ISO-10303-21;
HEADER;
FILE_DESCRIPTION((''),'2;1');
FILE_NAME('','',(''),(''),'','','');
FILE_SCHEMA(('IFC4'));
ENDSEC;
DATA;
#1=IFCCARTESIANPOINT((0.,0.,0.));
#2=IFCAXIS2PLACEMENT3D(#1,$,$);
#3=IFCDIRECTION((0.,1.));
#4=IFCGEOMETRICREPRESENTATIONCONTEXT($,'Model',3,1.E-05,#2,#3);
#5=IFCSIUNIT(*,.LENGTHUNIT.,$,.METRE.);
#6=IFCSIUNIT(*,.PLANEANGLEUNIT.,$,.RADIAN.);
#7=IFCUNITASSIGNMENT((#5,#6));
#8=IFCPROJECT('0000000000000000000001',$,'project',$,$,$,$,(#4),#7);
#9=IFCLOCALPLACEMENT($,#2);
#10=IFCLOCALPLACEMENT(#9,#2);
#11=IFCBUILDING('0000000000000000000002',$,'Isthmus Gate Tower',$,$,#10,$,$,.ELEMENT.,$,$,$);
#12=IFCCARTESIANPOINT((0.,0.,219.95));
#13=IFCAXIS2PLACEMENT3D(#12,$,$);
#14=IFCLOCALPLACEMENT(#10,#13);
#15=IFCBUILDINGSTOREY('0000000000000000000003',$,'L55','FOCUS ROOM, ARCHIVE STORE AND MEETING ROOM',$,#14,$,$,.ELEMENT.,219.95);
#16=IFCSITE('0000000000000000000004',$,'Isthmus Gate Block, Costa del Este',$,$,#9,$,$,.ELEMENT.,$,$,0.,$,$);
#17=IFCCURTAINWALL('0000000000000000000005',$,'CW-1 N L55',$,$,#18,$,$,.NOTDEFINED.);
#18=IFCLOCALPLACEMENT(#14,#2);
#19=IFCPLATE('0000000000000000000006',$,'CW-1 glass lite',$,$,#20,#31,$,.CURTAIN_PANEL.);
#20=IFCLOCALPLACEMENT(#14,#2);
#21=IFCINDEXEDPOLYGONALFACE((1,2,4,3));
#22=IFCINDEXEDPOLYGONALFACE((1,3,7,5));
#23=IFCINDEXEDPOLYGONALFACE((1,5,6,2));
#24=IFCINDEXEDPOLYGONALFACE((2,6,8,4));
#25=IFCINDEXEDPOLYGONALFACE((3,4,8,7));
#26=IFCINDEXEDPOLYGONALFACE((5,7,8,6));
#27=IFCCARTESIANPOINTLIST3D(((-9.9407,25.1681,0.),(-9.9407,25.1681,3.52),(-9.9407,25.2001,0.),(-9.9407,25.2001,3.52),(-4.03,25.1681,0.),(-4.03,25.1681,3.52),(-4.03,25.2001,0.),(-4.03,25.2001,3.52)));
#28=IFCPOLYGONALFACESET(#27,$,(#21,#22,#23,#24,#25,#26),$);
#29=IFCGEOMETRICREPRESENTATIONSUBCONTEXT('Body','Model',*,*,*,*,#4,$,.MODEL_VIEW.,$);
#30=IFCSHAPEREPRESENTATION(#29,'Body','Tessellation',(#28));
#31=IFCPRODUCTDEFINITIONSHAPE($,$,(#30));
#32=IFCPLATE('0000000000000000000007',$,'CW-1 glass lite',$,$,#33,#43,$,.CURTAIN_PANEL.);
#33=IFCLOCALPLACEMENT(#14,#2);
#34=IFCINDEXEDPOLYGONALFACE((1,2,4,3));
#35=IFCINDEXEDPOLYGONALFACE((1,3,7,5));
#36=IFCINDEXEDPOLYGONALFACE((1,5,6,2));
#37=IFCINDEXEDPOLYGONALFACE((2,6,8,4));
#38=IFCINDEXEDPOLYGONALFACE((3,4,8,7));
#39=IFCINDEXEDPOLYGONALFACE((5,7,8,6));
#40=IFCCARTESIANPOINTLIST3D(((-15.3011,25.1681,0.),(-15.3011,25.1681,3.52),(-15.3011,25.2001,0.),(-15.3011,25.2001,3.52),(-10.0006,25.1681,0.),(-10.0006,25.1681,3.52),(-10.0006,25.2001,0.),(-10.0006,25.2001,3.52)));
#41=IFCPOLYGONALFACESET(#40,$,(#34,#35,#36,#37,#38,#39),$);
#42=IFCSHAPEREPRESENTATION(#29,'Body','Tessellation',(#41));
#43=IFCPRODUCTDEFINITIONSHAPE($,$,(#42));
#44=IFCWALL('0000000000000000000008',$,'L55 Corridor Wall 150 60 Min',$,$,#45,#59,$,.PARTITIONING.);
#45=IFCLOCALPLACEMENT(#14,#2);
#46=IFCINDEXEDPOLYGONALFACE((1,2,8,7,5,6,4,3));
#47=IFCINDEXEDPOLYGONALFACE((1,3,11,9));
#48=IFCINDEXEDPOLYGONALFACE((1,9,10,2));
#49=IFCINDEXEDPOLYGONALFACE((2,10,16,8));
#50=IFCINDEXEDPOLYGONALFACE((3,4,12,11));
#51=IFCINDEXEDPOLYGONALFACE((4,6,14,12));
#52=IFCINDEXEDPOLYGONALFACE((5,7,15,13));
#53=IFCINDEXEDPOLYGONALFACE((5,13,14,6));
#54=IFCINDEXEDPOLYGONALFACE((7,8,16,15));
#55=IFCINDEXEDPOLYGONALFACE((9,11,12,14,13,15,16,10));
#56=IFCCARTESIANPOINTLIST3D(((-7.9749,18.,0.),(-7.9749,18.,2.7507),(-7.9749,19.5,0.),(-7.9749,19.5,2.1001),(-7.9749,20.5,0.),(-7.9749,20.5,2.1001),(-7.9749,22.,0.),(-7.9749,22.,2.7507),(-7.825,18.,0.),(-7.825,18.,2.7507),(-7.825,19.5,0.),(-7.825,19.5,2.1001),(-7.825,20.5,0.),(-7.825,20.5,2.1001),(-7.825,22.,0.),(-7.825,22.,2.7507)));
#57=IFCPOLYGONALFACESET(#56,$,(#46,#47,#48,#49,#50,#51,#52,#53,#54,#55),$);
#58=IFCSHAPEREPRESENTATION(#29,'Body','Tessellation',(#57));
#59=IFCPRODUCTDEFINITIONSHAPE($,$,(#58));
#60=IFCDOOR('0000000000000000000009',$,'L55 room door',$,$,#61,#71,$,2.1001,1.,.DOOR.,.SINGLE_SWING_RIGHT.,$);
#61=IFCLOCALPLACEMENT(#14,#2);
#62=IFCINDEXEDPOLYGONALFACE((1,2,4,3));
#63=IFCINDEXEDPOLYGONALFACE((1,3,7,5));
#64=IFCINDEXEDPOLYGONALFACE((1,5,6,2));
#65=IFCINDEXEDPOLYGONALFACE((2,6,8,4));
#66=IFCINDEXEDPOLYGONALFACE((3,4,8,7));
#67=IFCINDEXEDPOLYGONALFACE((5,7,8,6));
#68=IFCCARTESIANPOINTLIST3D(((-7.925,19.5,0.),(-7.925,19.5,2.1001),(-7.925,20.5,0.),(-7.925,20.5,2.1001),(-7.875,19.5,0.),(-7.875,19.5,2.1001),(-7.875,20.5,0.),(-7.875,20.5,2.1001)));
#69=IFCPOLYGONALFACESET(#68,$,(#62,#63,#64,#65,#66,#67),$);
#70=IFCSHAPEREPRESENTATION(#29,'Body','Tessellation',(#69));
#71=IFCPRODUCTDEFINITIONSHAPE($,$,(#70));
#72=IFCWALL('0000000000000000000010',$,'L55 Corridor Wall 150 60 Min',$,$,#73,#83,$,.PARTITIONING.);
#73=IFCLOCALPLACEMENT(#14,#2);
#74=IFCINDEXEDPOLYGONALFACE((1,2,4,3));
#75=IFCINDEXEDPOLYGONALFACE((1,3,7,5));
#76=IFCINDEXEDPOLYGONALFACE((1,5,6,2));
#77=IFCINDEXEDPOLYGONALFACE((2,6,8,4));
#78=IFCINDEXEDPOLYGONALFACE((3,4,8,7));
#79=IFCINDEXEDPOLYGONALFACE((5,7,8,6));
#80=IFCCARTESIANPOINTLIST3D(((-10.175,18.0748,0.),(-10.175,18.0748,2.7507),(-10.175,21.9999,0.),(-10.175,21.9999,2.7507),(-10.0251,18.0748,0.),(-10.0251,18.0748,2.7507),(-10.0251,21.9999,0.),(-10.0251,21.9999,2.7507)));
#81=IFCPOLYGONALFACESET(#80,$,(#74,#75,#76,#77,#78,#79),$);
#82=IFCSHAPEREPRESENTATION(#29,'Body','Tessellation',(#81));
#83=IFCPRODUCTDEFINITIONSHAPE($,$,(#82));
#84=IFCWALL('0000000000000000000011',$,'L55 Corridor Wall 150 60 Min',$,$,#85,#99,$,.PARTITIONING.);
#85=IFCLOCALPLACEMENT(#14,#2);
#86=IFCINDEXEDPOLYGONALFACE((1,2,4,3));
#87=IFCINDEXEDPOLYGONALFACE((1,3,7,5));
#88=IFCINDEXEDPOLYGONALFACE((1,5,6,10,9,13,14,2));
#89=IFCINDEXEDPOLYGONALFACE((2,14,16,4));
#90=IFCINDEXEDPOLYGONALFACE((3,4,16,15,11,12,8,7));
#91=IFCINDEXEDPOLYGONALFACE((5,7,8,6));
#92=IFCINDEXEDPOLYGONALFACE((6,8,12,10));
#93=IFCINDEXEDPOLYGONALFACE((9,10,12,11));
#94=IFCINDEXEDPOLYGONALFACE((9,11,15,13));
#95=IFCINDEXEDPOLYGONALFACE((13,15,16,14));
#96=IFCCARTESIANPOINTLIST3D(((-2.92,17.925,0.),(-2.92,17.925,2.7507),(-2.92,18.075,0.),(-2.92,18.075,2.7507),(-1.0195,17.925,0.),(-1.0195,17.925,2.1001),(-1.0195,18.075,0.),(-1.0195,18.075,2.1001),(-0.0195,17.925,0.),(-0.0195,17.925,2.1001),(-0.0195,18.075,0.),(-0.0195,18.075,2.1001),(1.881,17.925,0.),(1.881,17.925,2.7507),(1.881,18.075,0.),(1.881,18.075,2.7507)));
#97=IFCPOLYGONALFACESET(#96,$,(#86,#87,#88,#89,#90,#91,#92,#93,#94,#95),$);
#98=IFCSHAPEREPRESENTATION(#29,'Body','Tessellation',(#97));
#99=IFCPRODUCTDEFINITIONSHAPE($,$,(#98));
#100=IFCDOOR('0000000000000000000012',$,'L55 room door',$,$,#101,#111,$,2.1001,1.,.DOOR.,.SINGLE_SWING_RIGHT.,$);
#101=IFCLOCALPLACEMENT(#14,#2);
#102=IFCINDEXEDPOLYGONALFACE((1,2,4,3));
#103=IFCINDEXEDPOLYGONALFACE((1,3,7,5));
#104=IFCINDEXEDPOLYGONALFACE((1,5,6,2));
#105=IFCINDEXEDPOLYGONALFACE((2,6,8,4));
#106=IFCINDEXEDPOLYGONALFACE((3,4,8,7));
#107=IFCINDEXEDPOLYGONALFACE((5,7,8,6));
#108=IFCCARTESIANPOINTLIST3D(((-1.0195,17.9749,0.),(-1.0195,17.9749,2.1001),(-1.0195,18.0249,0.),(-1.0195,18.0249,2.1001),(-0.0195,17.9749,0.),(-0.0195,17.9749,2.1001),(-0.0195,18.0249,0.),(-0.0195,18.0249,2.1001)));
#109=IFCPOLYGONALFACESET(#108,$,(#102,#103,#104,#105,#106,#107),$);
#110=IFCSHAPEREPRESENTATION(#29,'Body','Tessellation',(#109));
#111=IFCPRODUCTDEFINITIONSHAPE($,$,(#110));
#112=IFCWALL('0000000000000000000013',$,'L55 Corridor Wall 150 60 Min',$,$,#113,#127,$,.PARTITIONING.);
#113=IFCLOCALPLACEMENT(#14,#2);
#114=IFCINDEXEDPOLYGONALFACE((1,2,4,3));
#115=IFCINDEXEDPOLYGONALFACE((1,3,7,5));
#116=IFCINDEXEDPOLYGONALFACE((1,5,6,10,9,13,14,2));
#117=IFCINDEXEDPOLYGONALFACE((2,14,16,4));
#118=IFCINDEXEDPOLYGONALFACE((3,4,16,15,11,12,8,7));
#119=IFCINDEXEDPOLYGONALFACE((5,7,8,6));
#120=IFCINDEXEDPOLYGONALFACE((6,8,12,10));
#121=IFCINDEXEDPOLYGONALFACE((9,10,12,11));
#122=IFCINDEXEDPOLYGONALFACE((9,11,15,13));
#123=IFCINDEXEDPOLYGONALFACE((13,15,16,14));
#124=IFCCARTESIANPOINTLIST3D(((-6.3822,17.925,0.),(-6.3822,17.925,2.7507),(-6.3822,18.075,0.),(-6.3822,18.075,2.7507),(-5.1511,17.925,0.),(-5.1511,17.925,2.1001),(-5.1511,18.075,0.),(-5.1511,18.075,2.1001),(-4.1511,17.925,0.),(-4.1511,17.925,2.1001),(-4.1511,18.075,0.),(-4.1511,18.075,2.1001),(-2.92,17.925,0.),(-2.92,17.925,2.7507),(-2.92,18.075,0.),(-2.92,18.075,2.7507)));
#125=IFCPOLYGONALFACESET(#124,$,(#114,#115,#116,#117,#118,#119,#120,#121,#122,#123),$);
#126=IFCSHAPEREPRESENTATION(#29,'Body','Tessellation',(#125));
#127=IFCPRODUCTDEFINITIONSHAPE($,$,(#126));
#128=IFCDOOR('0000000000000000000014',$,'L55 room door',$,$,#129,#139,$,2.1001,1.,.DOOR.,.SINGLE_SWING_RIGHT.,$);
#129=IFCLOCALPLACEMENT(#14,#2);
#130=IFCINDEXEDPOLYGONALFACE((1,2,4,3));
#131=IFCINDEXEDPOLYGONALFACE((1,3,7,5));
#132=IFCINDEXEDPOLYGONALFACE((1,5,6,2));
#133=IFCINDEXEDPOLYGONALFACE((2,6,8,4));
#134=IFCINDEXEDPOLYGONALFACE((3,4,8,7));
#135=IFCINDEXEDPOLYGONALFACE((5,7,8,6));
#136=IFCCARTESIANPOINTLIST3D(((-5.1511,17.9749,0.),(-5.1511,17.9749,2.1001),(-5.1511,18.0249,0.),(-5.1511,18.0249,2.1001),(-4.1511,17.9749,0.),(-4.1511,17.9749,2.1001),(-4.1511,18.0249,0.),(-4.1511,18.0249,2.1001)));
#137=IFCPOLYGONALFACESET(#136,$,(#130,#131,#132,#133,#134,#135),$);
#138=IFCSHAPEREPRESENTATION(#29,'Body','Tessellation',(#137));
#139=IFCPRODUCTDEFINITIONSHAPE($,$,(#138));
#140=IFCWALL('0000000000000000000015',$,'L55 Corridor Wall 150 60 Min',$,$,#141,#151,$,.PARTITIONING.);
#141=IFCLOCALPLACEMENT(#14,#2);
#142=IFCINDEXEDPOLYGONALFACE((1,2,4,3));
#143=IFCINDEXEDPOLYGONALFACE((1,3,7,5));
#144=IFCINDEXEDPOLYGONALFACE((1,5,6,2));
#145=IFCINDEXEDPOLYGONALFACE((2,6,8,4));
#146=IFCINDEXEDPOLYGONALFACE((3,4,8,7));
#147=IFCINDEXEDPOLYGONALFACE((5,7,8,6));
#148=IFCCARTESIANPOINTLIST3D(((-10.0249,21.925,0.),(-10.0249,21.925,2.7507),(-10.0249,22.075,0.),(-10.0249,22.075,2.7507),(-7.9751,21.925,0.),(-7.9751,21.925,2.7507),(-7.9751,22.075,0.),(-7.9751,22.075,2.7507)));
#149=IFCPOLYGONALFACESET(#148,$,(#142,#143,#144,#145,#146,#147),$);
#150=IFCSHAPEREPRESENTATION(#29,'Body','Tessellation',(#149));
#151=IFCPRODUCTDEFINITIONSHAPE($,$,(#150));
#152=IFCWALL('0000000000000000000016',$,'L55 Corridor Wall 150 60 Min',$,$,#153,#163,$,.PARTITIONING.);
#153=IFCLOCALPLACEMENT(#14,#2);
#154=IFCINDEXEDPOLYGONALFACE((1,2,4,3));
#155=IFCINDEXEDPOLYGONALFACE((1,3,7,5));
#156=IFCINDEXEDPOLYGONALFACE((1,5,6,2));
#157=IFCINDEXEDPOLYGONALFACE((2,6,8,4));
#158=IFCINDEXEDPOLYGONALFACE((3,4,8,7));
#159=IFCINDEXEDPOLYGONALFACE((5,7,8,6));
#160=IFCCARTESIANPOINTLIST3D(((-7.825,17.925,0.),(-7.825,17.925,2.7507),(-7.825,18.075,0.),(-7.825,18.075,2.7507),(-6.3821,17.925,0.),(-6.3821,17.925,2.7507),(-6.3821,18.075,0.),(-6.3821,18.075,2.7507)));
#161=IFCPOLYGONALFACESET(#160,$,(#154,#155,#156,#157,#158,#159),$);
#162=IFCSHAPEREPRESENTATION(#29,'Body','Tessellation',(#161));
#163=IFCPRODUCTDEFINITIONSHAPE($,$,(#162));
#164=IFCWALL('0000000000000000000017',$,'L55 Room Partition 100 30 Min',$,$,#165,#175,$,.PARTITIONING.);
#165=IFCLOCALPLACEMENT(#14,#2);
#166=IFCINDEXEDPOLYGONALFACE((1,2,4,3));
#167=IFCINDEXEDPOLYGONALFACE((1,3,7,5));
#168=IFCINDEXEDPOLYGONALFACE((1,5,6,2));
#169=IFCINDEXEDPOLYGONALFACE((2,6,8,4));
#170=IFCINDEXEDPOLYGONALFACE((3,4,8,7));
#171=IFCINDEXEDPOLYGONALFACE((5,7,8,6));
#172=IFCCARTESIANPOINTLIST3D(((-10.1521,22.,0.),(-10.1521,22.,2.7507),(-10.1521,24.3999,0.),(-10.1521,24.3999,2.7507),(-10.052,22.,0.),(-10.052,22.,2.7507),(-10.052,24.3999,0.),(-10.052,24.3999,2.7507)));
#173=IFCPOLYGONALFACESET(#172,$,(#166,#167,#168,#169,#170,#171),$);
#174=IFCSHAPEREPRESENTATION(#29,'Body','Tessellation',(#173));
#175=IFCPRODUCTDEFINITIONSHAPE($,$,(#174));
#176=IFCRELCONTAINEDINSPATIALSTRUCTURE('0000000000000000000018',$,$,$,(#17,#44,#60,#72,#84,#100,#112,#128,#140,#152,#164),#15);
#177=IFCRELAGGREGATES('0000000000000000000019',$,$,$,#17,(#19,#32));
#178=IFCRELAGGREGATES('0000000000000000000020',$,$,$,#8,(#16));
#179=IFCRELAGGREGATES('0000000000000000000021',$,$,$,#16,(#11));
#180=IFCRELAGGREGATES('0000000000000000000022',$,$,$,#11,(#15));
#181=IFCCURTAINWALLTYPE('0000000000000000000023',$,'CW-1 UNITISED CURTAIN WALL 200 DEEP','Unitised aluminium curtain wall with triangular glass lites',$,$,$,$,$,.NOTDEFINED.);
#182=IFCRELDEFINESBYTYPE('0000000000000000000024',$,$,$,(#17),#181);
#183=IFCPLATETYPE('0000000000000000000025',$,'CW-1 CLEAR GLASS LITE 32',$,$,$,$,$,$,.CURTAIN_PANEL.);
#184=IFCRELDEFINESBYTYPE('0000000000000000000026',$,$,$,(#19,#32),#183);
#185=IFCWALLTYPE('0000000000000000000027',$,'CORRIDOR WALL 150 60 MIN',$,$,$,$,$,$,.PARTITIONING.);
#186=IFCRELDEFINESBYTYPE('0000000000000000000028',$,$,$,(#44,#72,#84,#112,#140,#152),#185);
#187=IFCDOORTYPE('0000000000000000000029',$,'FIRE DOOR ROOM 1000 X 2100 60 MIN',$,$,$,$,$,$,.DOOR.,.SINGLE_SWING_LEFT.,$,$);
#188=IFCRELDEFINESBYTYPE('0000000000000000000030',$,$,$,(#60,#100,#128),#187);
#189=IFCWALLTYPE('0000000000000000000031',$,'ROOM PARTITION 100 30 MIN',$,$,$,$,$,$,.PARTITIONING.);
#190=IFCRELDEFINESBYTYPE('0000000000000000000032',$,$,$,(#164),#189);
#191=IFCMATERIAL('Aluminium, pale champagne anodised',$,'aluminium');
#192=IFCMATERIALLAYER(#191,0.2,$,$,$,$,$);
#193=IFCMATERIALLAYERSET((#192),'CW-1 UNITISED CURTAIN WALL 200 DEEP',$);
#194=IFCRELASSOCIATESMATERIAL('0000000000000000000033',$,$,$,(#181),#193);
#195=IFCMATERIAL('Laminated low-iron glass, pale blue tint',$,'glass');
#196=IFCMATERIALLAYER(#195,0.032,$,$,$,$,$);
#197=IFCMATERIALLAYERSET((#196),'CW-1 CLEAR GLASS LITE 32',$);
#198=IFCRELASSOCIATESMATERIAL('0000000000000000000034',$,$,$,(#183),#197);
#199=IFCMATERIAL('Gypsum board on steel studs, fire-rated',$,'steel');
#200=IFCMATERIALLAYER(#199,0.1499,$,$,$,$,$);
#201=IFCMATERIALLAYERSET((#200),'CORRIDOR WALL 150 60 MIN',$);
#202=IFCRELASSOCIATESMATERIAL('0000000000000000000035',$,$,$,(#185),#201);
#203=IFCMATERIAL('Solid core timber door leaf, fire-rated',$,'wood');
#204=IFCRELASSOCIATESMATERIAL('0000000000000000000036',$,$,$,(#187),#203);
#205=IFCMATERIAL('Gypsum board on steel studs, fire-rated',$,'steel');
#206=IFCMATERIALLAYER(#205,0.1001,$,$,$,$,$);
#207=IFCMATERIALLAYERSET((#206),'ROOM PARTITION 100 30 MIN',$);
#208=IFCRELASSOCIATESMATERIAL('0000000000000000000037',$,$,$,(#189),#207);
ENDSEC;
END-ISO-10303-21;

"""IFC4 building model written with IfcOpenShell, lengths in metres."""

from ifc_helpers import new_model, si_unit, direction, frame, frame_2d, origin, origin_2d, place, context, subcontext, project, spatial, rectangle, extrude, material, layer, layer_set, type_object, element, fill, aggregate, save


model = new_model("IFC4")

# Units and contexts
model_context = context("Model", 3, precision=1e-05, world=origin(), true_north=direction((0.0, 1.0)))
body_context = subcontext(model_context, "Body", "Model", "MODEL_VIEW")
ifc_project = project(units=[si_unit("LENGTHUNIT", "METRE"), si_unit("PLANEANGLEUNIT", "RADIAN")], contexts=[model_context])

# Site, building, storey
site_placement = place(None, origin())
site = spatial("IfcSite", under=ifc_project, at=site_placement, Name="Isthmus Gate Block, Costa del Este", CompositionType="ELEMENT", RefElevation=0.0)
building_placement = place(site_placement, origin())
building = spatial("IfcBuilding", under=site, at=building_placement, Name="Isthmus Gate Tower", CompositionType="ELEMENT")
storey_placement = place(building_placement, frame((0.0, 0.0, 219.95)))
storey = spatial("IfcBuildingStorey", under=building, at=storey_placement, Name="L55", Description="FOCUS ROOM, ARCHIVE STORE AND MEETING ROOM", CompositionType="ELEMENT", Elevation=219.95)

# Curtain wall
ifc_material_1 = material(Name="Aluminium, pale champagne anodised", Category="aluminium")
ifc_layer_1 = layer(ifc_material_1, 0.2)
ifc_layer_set_1 = layer_set([ifc_layer_1], Name="CW-1 UNITISED CURTAIN WALL 200 DEEP")
curtain_wall_type = type_object("IfcCurtainWallType", Name="CW-1 UNITISED CURTAIN WALL 200 DEEP", Description="Unitised aluminium curtain wall with triangular glass lites", PredefinedType="NOTDEFINED", material=ifc_layer_set_1)
curtain_wall_placement = place(storey_placement, origin())
curtain_wall = element("IfcCurtainWall", 1, at=curtain_wall_placement, inside=storey, type_object=curtain_wall_type, Name="CW-1 N L55", PredefinedType="NOTDEFINED")

# Plates
ifc_material_2 = material(Name="Laminated low-iron glass, pale blue tint", Category="glass")
ifc_layer_2 = layer(ifc_material_2, 0.032)
ifc_layer_set_2 = layer_set([ifc_layer_2], Name="CW-1 CLEAR GLASS LITE 32")
plate_type = type_object("IfcPlateType", Name="CW-1 CLEAR GLASS LITE 32", PredefinedType="CURTAIN_PANEL", material=ifc_layer_set_2)
plate_1_placement = place(storey_placement, frame((-6.9854, 25.1841, 0.0), z_axis=(0.0, 0.0, 1.0), x_axis=(-1.0, 0.0, 0.0)))
plate_1 = element("IfcPlate", 2, at=plate_1_placement, type_object=plate_type, Name="CW-1 glass lite", PredefinedType="CURTAIN_PANEL", context=body_context, shape_type="SweptSolid", body=[
    extrude(rectangle(XDim=5.9106, YDim=0.032, at=origin_2d()), origin(), (0.0, 0.0, 1.0), 3.52),
])
plate_2_placement = place(storey_placement, frame((-12.6509, 25.1841, 0.0), z_axis=(0.0, 0.0, 1.0), x_axis=(-1.0, 0.0, 0.0)))
plate_2 = element("IfcPlate", 3, at=plate_2_placement, type_object=plate_type, Name="CW-1 glass lite", PredefinedType="CURTAIN_PANEL", context=body_context, shape_type="SweptSolid", body=[
    extrude(rectangle(XDim=5.3005, YDim=0.032, at=origin_2d()), origin(), (0.0, 0.0, 1.0), 3.52),
])
aggregate(curtain_wall, [plate_1, plate_2])

# Wall, opening, door
ifc_material_3 = material(Name="Gypsum board on steel studs, fire-rated", Category="steel")
ifc_layer_3 = layer(ifc_material_3, 0.1499)
ifc_layer_set_3 = layer_set([ifc_layer_3], Name="CORRIDOR WALL 150 60 MIN")
wall_type_1 = type_object("IfcWallType", Name="CORRIDOR WALL 150 60 MIN", PredefinedType="PARTITIONING", material=ifc_layer_set_3)
wall_1_placement = place(storey_placement, frame((-7.8999, 22.0, 0.0), z_axis=(0.0, 0.0, 1.0), x_axis=(0.0, -1.0, 0.0)))
wall_1 = element("IfcWall", 4, at=wall_1_placement, inside=storey, type_object=wall_type_1, Name="L55 Corridor Wall 150 60 Min", PredefinedType="PARTITIONING", context=body_context, shape_type="SweptSolid", body=[
    extrude(rectangle(XDim=4.0, YDim=0.1499, at=frame_2d((2.0, 0.0))), origin(), (0.0, 0.0, 1.0), 2.7507),
])
opening_1_placement = place(wall_1_placement, frame((1.5, 0.0, 0.0)))
opening_1 = element("IfcOpeningElement", 5, at=opening_1_placement, cuts=wall_1, PredefinedType="OPENING", context=body_context, shape_type="SweptSolid", body=[
    extrude(rectangle(XDim=1.0, YDim=2.1001, at=frame_2d((0.5, 1.05))), frame((0.0, 0.085, 0.0), z_axis=(0.0, -1.0, 0.0), x_axis=(1.0, 0.0, 0.0)), (0.0, 0.0, 1.0), 0.1699),
])
ifc_material_4 = material(Name="Solid core timber door leaf, fire-rated", Category="wood")
door_type = type_object("IfcDoorType", Name="FIRE DOOR ROOM 1000 X 2100 60 MIN", OperationType="SINGLE_SWING_LEFT", PredefinedType="DOOR", material=ifc_material_4)
door_1_placement = place(opening_1_placement, origin())
door_1 = element("IfcDoor", 6, at=door_1_placement, inside=storey, type_object=door_type, Name="L55 room door", OperationType="SINGLE_SWING_RIGHT", OverallHeight=2.1001, OverallWidth=1.0, PredefinedType="DOOR", context=body_context, shape_type="SweptSolid", body=[
    extrude(rectangle(XDim=1.0, YDim=2.1001, at=frame_2d((0.5, 1.05))), frame((0.0, 0.0249, 0.0), z_axis=(0.0, -1.0, 0.0), x_axis=(1.0, 0.0, 0.0)), (0.0, 0.0, 1.0), 0.05),
])
fill(opening_1, door_1)

# Wall
wall_2_placement = place(storey_placement, frame((-10.1001, 18.075, 0.0), z_axis=(0.0, 0.0, 1.0), x_axis=(0.0, 1.0, 0.0)))
element("IfcWall", 7, at=wall_2_placement, inside=storey, type_object=wall_type_1, Name="L55 Corridor Wall 150 60 Min", PredefinedType="PARTITIONING", context=body_context, shape_type="SweptSolid", body=[
    extrude(rectangle(XDim=3.925, YDim=0.1499, at=frame_2d((1.9624, 0.0))), origin(), (0.0, 0.0, 1.0), 2.7507),
])

# Walls, openings, doors
wall_3_placement = place(storey_placement, frame((-2.9199, 18.0, 0.0), z_axis=(0.0, 0.0, 1.0), x_axis=(1.0, 0.0, 0.0)))
wall_3 = element("IfcWall", 8, at=wall_3_placement, inside=storey, type_object=wall_type_1, Name="L55 Corridor Wall 150 60 Min", PredefinedType="PARTITIONING", context=body_context, shape_type="SweptSolid", body=[
    extrude(rectangle(XDim=4.801, YDim=0.1499, at=frame_2d((2.4004, 0.0))), origin(), (0.0, 0.0, 1.0), 2.7507),
])
opening_2_placement = place(wall_3_placement, frame((1.9004, 0.0, 0.0)))
opening_2 = element("IfcOpeningElement", 9, at=opening_2_placement, cuts=wall_3, PredefinedType="OPENING", context=body_context, shape_type="SweptSolid", body=[
    extrude(rectangle(XDim=1.0, YDim=2.1001, at=frame_2d((0.5, 1.05))), frame((0.0, 0.085, 0.0), z_axis=(0.0, -1.0, 0.0), x_axis=(1.0, 0.0, 0.0)), (0.0, 0.0, 1.0), 0.1699),
])
door_2_placement = place(opening_2_placement, origin())
door_2 = element("IfcDoor", 10, at=door_2_placement, inside=storey, type_object=door_type, Name="L55 room door", OperationType="SINGLE_SWING_RIGHT", OverallHeight=2.1001, OverallWidth=1.0, PredefinedType="DOOR", context=body_context, shape_type="SweptSolid", body=[
    extrude(rectangle(XDim=1.0, YDim=2.1001, at=frame_2d((0.5, 1.05))), frame((0.0, 0.0249, 0.0), z_axis=(0.0, -1.0, 0.0), x_axis=(1.0, 0.0, 0.0)), (0.0, 0.0, 1.0), 0.05),
])
fill(opening_2, door_2)
wall_4_placement = place(storey_placement, frame((-6.3821, 18.0, 0.0), z_axis=(0.0, 0.0, 1.0), x_axis=(1.0, 0.0, 0.0)))
wall_4 = element("IfcWall", 11, at=wall_4_placement, inside=storey, type_object=wall_type_1, Name="L55 Corridor Wall 150 60 Min", PredefinedType="PARTITIONING", context=body_context, shape_type="SweptSolid", body=[
    extrude(rectangle(XDim=3.4622, YDim=0.1499, at=frame_2d((1.731, 0.0))), origin(), (0.0, 0.0, 1.0), 2.7507),
])
opening_3_placement = place(wall_4_placement, frame((1.231, 0.0, 0.0)))
opening_3 = element("IfcOpeningElement", 12, at=opening_3_placement, cuts=wall_4, PredefinedType="OPENING", context=body_context, shape_type="SweptSolid", body=[
    extrude(rectangle(XDim=1.0, YDim=2.1001, at=frame_2d((0.5, 1.05))), frame((0.0, 0.085, 0.0), z_axis=(0.0, -1.0, 0.0), x_axis=(1.0, 0.0, 0.0)), (0.0, 0.0, 1.0), 0.1699),
])
door_3_placement = place(opening_3_placement, origin())
door_3 = element("IfcDoor", 13, at=door_3_placement, inside=storey, type_object=door_type, Name="L55 room door", OperationType="SINGLE_SWING_RIGHT", OverallHeight=2.1001, OverallWidth=1.0, PredefinedType="DOOR", context=body_context, shape_type="SweptSolid", body=[
    extrude(rectangle(XDim=1.0, YDim=2.1001, at=frame_2d((0.5, 1.05))), frame((0.0, 0.0249, 0.0), z_axis=(0.0, -1.0, 0.0), x_axis=(1.0, 0.0, 0.0)), (0.0, 0.0, 1.0), 0.05),
])
fill(opening_3, door_3)

# Walls
wall_5_placement = place(storey_placement, frame((-10.0249, 22.0, 0.0), z_axis=(0.0, 0.0, 1.0), x_axis=(1.0, 0.0, 0.0)))
element("IfcWall", 14, at=wall_5_placement, inside=storey, type_object=wall_type_1, Name="L55 Corridor Wall 150 60 Min", PredefinedType="PARTITIONING", context=body_context, shape_type="SweptSolid", body=[
    extrude(rectangle(XDim=2.0498, YDim=0.1499, at=frame_2d((1.0249, 0.0))), origin(), (0.0, 0.0, 1.0), 2.7507),
])
wall_6_placement = place(storey_placement, frame((-7.825, 18.0, 0.0), z_axis=(0.0, 0.0, 1.0), x_axis=(1.0, 0.0, 0.0)))
element("IfcWall", 15, at=wall_6_placement, inside=storey, type_object=wall_type_1, Name="L55 Corridor Wall 150 60 Min", PredefinedType="PARTITIONING", context=body_context, shape_type="SweptSolid", body=[
    extrude(rectangle(XDim=1.4429, YDim=0.1499, at=frame_2d((0.7214, 0.0))), origin(), (0.0, 0.0, 1.0), 2.7507),
])
ifc_material_5 = material(Name="Gypsum board on steel studs, fire-rated", Category="steel")
ifc_layer_4 = layer(ifc_material_5, 0.1001)
ifc_layer_set_4 = layer_set([ifc_layer_4], Name="ROOM PARTITION 100 30 MIN")
wall_type_2 = type_object("IfcWallType", Name="ROOM PARTITION 100 30 MIN", PredefinedType="PARTITIONING", material=ifc_layer_set_4)
wall_7_placement = place(storey_placement, frame((-10.1021, 22.0, 0.0), z_axis=(0.0, 0.0, 1.0), x_axis=(0.0, 1.0, 0.0)))
element("IfcWall", 16, at=wall_7_placement, inside=storey, type_object=wall_type_2, Name="L55 Room Partition 100 30 Min", PredefinedType="PARTITIONING", context=body_context, shape_type="SweptSolid", body=[
    extrude(rectangle(XDim=2.3999, YDim=0.1001, at=frame_2d((1.2, 0.0))), origin(), (0.0, 0.0, 1.0), 2.7507),
])

save(model, "model.ifc")
